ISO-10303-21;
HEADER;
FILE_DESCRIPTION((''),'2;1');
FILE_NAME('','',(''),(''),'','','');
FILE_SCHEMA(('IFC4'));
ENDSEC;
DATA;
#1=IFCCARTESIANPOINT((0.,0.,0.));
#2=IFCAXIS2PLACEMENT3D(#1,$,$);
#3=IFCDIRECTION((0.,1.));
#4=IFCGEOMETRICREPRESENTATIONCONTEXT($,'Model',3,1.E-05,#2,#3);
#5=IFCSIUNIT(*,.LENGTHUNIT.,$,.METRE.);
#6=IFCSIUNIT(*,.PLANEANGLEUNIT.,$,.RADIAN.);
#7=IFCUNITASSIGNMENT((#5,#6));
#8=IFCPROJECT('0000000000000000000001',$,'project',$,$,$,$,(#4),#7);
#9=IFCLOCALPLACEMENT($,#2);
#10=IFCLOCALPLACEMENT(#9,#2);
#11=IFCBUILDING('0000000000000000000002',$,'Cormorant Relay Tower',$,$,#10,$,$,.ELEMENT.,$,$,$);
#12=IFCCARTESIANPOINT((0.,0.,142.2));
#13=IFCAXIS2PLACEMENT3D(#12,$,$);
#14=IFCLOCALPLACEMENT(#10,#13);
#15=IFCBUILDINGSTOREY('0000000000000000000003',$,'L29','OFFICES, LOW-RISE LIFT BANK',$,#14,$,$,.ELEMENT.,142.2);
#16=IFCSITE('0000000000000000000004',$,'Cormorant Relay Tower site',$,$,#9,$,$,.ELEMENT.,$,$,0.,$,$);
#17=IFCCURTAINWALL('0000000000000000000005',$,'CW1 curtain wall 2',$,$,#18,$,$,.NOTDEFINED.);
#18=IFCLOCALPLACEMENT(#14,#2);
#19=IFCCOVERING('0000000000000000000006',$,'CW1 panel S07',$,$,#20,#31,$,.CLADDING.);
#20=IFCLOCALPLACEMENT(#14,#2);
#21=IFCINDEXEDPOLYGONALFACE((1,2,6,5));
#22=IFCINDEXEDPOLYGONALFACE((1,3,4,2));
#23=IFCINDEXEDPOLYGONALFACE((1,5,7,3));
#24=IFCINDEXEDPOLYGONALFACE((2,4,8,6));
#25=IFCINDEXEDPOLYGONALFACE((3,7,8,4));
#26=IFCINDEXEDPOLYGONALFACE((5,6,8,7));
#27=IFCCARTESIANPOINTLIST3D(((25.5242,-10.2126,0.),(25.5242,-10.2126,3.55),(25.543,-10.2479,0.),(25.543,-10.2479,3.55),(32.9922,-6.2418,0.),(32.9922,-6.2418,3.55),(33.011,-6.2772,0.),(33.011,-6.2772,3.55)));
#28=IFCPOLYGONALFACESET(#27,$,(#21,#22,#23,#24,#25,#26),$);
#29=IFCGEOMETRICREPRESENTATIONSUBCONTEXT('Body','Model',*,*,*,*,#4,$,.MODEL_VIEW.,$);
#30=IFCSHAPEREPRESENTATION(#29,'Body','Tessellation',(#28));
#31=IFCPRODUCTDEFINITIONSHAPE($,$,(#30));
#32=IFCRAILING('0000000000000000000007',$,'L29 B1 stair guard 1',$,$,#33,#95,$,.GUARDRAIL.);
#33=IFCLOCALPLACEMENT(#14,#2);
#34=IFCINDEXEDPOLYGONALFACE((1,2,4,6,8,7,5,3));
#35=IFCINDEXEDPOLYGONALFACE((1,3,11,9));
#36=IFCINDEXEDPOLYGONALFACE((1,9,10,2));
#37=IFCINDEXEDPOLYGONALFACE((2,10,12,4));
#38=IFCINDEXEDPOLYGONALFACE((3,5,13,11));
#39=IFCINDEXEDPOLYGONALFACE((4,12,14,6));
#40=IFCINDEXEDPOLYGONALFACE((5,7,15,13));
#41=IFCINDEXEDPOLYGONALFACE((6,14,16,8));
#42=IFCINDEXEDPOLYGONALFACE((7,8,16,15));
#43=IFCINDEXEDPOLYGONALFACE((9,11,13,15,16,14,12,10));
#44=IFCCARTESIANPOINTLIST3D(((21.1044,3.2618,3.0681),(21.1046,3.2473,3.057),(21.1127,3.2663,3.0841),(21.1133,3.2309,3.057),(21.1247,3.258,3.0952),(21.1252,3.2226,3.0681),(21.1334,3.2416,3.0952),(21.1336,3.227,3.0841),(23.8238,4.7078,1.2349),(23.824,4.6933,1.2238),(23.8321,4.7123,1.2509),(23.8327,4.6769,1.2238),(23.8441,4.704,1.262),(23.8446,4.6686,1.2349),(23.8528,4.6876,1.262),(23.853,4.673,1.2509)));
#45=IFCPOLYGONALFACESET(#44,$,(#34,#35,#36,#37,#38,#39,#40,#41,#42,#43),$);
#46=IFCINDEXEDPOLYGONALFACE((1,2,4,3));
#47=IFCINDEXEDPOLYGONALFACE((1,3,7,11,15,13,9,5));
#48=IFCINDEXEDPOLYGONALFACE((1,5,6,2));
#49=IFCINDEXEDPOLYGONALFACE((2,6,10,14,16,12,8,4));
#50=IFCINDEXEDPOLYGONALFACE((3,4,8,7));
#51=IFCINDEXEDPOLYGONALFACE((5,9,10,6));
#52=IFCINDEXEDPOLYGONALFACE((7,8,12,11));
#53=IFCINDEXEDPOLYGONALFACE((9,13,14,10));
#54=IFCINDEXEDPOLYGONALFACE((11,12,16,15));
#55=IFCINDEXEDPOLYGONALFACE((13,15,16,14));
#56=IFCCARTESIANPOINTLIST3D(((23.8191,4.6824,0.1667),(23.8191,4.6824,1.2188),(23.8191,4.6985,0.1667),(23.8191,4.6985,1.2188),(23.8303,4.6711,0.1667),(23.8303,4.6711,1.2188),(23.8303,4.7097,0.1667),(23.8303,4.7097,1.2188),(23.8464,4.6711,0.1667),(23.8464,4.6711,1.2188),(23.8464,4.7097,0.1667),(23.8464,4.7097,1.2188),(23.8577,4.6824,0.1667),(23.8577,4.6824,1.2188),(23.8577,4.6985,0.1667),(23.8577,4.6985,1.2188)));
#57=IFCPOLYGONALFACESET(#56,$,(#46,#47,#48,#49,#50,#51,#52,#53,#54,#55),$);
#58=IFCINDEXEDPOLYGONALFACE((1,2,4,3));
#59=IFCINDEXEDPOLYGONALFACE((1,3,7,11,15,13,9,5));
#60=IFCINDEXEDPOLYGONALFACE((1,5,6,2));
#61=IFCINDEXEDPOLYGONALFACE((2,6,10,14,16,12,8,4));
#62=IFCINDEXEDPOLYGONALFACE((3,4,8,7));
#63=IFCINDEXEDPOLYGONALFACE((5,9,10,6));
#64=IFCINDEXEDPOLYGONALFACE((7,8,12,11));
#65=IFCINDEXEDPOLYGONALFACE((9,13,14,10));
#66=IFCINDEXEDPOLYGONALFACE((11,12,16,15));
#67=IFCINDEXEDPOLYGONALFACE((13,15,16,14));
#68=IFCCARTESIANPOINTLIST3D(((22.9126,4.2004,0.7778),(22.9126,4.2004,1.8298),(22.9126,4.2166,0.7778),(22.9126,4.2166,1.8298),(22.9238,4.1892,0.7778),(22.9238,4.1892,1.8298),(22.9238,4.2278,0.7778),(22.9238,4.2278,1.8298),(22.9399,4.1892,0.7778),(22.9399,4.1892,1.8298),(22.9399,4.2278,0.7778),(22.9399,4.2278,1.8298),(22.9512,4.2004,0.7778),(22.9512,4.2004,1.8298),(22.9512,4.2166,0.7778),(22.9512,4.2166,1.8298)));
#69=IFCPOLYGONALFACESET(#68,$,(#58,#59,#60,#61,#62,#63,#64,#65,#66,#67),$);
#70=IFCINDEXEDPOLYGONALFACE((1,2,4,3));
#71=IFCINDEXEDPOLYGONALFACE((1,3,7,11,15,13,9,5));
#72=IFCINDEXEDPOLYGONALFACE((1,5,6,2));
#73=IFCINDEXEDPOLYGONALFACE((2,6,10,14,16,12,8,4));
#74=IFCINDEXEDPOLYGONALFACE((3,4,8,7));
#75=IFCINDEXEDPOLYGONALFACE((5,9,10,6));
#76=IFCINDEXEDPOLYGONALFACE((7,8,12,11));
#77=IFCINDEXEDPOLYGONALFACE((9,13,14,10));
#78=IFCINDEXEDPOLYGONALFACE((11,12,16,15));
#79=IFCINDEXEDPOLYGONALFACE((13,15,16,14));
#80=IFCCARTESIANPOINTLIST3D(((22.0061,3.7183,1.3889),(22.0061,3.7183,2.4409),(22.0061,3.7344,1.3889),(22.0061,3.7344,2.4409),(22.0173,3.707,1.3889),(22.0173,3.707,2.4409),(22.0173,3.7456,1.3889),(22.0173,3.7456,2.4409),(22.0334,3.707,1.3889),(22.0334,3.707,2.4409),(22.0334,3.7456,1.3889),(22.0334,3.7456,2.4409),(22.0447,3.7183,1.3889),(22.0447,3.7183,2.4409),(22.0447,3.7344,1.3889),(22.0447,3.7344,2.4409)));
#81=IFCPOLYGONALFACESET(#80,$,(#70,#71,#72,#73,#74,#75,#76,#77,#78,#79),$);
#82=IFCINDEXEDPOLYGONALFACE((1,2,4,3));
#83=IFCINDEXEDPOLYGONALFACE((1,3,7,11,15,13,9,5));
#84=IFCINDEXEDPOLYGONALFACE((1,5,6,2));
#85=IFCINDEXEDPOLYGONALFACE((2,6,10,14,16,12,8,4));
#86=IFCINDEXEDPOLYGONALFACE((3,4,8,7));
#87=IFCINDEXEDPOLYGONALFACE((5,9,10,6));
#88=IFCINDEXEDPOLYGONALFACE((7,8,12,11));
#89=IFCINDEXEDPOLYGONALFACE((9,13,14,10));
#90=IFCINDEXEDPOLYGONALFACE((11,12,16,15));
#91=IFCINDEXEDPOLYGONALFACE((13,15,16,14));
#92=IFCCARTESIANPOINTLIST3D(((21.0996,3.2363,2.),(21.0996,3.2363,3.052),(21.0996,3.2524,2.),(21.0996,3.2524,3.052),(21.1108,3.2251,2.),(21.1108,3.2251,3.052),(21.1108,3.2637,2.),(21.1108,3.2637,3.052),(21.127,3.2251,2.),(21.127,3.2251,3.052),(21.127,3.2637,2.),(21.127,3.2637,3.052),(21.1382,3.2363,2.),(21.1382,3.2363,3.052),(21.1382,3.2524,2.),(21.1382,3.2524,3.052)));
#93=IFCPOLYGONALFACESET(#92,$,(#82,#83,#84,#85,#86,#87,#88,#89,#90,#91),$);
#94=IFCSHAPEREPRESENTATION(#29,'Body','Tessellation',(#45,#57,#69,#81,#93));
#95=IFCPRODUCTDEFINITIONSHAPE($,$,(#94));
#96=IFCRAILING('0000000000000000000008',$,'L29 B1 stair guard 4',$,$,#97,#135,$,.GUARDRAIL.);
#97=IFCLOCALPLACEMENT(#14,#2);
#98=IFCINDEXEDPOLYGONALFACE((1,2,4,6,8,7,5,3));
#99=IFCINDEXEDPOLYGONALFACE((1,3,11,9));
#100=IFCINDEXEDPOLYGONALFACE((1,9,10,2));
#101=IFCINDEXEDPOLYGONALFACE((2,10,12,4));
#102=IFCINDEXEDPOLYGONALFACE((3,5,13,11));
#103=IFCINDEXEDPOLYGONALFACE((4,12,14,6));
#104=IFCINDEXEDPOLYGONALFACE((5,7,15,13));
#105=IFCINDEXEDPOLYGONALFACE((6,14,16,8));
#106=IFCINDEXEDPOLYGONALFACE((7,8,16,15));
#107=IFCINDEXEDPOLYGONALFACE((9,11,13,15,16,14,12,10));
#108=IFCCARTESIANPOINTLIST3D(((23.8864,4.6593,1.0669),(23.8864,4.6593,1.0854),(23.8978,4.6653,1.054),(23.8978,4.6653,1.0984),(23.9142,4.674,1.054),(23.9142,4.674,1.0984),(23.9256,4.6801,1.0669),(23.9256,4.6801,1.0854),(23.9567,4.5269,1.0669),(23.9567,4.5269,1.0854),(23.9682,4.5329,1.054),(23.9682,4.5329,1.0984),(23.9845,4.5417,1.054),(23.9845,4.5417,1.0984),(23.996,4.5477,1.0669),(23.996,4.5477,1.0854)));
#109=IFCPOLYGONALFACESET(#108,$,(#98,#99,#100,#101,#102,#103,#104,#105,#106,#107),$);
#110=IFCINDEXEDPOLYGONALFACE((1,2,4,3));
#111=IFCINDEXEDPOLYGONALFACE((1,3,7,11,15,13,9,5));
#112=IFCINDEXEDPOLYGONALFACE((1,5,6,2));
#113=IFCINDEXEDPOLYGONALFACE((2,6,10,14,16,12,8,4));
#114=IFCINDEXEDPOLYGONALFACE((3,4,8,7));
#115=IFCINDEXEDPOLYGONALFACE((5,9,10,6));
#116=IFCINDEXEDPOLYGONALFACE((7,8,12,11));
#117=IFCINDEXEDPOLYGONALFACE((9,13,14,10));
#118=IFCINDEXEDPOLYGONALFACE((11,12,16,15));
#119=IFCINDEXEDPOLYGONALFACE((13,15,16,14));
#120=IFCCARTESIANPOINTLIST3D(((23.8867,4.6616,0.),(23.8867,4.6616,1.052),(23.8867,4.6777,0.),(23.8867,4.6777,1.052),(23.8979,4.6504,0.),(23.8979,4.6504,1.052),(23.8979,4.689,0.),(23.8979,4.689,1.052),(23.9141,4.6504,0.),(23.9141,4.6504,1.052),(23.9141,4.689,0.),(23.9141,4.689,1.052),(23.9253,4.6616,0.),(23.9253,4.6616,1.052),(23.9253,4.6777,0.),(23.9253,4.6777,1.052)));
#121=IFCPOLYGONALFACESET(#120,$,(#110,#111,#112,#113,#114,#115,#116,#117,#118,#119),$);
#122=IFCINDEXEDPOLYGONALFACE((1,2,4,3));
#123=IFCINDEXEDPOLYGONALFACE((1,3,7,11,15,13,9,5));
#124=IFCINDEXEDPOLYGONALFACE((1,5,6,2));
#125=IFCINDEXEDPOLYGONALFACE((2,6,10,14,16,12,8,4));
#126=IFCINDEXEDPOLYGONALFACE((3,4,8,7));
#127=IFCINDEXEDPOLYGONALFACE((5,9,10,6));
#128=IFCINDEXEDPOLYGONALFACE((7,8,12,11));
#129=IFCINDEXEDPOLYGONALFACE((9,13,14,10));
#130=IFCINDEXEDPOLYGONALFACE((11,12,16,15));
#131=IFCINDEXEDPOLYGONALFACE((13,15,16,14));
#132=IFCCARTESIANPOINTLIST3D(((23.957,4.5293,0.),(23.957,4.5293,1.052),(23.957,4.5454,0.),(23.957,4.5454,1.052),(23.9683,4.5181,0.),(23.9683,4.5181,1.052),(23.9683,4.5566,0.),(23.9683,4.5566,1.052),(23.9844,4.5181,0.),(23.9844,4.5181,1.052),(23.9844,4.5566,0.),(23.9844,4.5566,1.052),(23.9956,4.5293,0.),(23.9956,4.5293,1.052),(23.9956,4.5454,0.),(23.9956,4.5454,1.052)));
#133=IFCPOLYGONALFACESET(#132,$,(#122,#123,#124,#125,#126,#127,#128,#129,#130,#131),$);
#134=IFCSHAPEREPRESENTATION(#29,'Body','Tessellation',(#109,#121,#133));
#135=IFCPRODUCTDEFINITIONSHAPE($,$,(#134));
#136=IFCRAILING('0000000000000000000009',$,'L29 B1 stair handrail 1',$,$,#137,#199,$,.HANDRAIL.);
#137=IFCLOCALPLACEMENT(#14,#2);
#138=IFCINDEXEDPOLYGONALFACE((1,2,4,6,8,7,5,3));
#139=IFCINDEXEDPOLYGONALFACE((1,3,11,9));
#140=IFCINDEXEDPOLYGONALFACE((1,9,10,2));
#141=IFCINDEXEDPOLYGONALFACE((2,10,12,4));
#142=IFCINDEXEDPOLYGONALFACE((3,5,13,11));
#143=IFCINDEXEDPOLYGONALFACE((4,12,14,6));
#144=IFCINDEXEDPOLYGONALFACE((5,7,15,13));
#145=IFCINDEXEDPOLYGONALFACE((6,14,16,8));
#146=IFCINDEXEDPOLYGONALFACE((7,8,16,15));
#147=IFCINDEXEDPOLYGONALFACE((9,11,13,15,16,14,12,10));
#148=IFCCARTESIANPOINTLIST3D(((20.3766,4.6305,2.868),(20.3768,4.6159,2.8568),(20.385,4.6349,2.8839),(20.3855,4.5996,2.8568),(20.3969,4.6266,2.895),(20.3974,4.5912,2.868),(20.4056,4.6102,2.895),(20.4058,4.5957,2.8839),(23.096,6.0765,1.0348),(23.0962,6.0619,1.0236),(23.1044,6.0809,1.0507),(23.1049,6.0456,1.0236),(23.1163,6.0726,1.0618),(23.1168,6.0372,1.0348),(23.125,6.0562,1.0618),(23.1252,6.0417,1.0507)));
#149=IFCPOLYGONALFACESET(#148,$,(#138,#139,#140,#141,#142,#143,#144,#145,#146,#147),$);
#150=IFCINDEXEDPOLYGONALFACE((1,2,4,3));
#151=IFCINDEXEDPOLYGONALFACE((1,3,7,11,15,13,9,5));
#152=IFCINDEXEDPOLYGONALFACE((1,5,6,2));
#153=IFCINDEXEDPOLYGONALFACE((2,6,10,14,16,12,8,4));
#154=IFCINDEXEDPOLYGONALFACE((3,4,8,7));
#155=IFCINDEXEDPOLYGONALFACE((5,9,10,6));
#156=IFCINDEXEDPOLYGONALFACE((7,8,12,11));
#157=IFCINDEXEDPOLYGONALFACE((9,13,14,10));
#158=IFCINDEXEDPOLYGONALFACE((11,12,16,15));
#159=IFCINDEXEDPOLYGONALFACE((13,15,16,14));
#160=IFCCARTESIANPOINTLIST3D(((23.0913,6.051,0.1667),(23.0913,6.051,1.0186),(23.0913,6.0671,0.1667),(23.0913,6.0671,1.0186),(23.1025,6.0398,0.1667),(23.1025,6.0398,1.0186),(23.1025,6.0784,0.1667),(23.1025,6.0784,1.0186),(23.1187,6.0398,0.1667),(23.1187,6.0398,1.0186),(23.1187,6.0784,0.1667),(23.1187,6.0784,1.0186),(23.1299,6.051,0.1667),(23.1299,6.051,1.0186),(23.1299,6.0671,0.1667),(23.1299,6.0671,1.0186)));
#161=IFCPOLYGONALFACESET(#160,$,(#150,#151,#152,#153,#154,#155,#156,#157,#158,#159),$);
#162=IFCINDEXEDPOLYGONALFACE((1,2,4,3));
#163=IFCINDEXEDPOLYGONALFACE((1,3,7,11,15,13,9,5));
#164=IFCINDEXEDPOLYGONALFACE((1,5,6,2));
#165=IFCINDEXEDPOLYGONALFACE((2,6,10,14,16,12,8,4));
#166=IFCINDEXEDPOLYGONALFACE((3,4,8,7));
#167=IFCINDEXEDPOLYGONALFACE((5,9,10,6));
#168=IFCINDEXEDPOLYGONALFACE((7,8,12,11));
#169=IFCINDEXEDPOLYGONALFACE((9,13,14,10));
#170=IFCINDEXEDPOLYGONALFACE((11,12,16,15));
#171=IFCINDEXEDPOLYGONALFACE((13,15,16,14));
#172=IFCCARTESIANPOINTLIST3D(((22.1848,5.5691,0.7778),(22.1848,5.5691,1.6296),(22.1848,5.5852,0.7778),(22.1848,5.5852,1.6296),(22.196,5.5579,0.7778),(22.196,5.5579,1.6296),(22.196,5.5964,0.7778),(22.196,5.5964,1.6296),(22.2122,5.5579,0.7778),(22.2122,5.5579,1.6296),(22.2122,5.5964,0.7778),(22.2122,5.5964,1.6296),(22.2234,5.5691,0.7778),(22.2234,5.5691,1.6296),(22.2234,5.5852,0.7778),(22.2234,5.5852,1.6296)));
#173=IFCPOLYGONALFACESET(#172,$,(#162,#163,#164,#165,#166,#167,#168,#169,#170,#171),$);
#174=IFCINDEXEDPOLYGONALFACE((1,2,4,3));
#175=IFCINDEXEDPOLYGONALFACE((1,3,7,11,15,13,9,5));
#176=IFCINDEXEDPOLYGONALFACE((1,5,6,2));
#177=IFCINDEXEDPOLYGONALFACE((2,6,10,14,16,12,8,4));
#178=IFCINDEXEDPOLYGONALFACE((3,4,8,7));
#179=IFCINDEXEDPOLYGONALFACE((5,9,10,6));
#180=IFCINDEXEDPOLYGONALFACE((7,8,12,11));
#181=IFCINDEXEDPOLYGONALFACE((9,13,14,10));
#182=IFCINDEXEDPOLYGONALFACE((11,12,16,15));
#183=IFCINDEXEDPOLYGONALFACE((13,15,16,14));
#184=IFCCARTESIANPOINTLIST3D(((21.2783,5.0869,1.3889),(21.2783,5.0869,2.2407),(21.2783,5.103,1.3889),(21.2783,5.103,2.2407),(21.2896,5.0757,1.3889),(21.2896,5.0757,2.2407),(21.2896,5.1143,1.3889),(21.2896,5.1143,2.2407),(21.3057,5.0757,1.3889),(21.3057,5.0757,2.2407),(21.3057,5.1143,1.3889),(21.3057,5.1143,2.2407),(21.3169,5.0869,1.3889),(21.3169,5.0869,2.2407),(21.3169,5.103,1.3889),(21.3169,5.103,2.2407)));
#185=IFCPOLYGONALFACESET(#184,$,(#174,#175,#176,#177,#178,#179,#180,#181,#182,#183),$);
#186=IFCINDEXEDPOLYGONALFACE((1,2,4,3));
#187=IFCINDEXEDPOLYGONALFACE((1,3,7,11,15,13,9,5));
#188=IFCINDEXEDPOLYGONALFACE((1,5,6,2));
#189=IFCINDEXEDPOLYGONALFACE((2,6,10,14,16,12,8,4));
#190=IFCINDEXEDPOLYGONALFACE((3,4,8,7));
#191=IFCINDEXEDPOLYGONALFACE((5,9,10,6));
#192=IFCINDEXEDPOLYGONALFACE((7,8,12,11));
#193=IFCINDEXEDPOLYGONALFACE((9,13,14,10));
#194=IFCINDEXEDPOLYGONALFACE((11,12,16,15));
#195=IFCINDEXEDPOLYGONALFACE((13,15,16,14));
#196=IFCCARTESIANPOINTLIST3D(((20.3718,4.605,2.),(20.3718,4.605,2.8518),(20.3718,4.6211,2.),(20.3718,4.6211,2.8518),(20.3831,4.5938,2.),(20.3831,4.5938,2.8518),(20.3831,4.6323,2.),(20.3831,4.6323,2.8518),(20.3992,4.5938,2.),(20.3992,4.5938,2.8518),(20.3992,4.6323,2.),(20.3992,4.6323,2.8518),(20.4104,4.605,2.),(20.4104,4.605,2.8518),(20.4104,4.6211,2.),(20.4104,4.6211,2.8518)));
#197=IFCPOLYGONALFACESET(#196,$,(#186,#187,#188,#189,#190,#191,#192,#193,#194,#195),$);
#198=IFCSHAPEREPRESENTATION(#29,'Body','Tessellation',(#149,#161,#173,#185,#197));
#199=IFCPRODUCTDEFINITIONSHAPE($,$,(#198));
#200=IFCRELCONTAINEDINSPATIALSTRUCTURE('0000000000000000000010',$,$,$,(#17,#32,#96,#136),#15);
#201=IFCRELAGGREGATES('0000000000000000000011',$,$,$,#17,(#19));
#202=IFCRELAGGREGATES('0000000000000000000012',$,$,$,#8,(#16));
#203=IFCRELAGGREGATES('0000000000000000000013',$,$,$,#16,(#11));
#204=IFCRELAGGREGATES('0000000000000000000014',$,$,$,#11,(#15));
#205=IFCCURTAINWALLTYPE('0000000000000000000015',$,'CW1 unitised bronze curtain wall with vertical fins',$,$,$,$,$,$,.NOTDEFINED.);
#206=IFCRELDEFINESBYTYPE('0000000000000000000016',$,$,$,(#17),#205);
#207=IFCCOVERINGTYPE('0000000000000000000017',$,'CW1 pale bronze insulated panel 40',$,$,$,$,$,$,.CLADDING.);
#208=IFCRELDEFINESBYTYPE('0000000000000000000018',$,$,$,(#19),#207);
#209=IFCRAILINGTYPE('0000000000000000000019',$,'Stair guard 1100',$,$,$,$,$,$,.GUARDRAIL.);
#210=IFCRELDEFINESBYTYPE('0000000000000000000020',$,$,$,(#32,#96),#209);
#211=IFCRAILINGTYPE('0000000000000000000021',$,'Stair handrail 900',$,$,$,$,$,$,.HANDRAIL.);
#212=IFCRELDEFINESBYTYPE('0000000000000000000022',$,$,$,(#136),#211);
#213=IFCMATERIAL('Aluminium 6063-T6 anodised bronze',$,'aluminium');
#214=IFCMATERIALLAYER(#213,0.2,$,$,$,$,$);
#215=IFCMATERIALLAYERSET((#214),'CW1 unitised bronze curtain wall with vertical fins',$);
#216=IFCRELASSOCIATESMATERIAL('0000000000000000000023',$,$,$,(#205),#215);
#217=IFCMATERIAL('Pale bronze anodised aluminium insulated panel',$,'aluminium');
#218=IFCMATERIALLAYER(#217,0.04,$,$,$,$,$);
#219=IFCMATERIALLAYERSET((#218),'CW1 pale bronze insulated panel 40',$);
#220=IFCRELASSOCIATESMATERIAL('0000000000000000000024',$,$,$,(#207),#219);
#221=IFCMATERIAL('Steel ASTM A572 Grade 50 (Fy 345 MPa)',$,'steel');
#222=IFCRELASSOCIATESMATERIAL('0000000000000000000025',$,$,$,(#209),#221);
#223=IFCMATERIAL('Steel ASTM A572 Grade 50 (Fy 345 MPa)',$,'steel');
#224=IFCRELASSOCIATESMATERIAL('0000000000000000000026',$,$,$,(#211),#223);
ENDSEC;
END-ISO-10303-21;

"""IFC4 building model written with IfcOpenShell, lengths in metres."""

from ifc_helpers import new_model, si_unit, direction, frame, origin, origin_2d, place, context, subcontext, project, spatial, polyline, rectangle, outline, extrude, material, layer, layer_set, type_object, element, aggregate, save


model = new_model("IFC4")

# Units and contexts
model_context = context("Model", 3, precision=1e-05, world=origin(), true_north=direction((0.0, 1.0)))
body_context = subcontext(model_context, "Body", "Model", "MODEL_VIEW")
ifc_project = project(units=[si_unit("LENGTHUNIT", "METRE"), si_unit("PLANEANGLEUNIT", "RADIAN")], contexts=[model_context])

# Site, building, storey
site_placement = place(None, origin())
site = spatial("IfcSite", under=ifc_project, at=site_placement, Name="Cormorant Relay Tower site", CompositionType="ELEMENT", RefElevation=0.0)
building_placement = place(site_placement, origin())
building = spatial("IfcBuilding", under=site, at=building_placement, Name="Cormorant Relay Tower", CompositionType="ELEMENT")
storey_placement = place(building_placement, frame((0.0, 0.0, 142.2)))
storey = spatial("IfcBuildingStorey", under=building, at=storey_placement, Name="L29", Description="OFFICES, LOW-RISE LIFT BANK", CompositionType="ELEMENT", Elevation=142.2)

# Curtain wall
ifc_material_1 = material(Name="Aluminium 6063-T6 anodised bronze", Category="aluminium")
ifc_layer_1 = layer(ifc_material_1, 0.2)
ifc_layer_set_1 = layer_set([ifc_layer_1], Name="CW1 unitised bronze curtain wall with vertical fins")
curtain_wall_type = type_object("IfcCurtainWallType", Name="CW1 unitised bronze curtain wall with vertical fins", PredefinedType="NOTDEFINED", material=ifc_layer_set_1)
curtain_wall_1_placement = place(storey_placement, origin())
curtain_wall_1 = element("IfcCurtainWall", 1, at=curtain_wall_1_placement, inside=storey, type_object=curtain_wall_type, Name="CW1 curtain wall 2", PredefinedType="NOTDEFINED")

# Covering
ifc_material_2 = material(Name="Pale bronze anodised aluminium insulated panel", Category="aluminium")
ifc_layer_2 = layer(ifc_material_2, 0.04)
ifc_layer_set_2 = layer_set([ifc_layer_2], Name="CW1 pale bronze insulated panel 40")
covering_type = type_object("IfcCoveringType", Name="CW1 pale bronze insulated panel 40", PredefinedType="CLADDING", material=ifc_layer_set_2)
covering_placement = place(storey_placement, frame((29.2676, -8.2449, 0.0), z_axis=(0.0, 0.0, 1.0), x_axis=(0.882948, 0.469472, 0.0)))
covering = element("IfcCovering", 2, at=covering_placement, type_object=covering_type, Name="CW1 panel S07", PredefinedType="CLADDING", context=body_context, shape_type="SweptSolid", body=[
    extrude(rectangle(XDim=8.458, YDim=0.04, at=origin_2d()), origin(), (0.0, 0.0, 1.0), 3.55),
])
aggregate(curtain_wall_1, [covering])

# Railings
ifc_material_3 = material(Name="Steel ASTM A572 Grade 50 (Fy 345 MPa)", Category="steel")
railing_type_1 = type_object("IfcRailingType", Name="Stair guard 1100", PredefinedType="GUARDRAIL", material=ifc_material_3)
railing_1_placement = place(storey_placement, frame((23.8384, 4.6904, 0.1667)))
element("IfcRailing", 3, at=railing_1_placement, inside=storey, type_object=railing_type_1, Name="L29 B1 stair guard 1", PredefinedType="GUARDRAIL", context=body_context, shape_type="SweptSolid", body=[
    extrude(outline(polyline([(0.0222, 0.0093), (0.0093, 0.0222), (-0.0093, 0.0222), (-0.0222, 0.0093), (-0.0222, -0.0093), (-0.0093, -0.0222), (0.0093, -0.0222), (0.0222, -0.0093), (0.0222, 0.0093)])), frame((0.0, 0.0, 1.0762), z_axis=(-0.758714, -0.403435, 0.511463), x_axis=(0.469489, -0.882938, 0.0)), (0.0, 0.0, 1.0), 3.5842),
    extrude(outline(polyline([(0.0193, 0.0081), (0.0081, 0.0193), (-0.0081, 0.0193), (-0.0193, 0.0081), (-0.0193, -0.0081), (-0.0081, -0.0193), (0.0081, -0.0193), (0.0193, -0.0081), (0.0193, 0.0081)])), origin(), (0.0, 0.0, 1.0), 1.052),
    extrude(outline(polyline([(0.0193, 0.0081), (0.0081, 0.0193), (-0.0081, 0.0193), (-0.0193, 0.0081), (-0.0193, -0.0081), (-0.0081, -0.0193), (0.0081, -0.0193), (0.0193, -0.0081), (0.0193, 0.0081)])), frame((-0.9065, -0.4819, 0.6111)), (0.0, 0.0, 1.0), 1.052),
    extrude(outline(polyline([(0.0193, 0.0081), (0.0081, 0.0193), (-0.0081, 0.0193), (-0.0193, 0.0081), (-0.0193, -0.0081), (-0.0081, -0.0193), (0.0081, -0.0193), (0.0193, -0.0081), (0.0193, 0.0081)])), frame((-1.813, -0.9641, 1.2222)), (0.0, 0.0, 1.0), 1.052),
    extrude(outline(polyline([(0.0193, 0.0081), (0.0081, 0.0193), (-0.0081, 0.0193), (-0.0193, 0.0081), (-0.0193, -0.0081), (-0.0081, -0.0193), (0.0081, -0.0193), (0.0193, -0.0081), (0.0193, 0.0081)])), frame((-2.7195, -1.446, 1.8333)), (0.0, 0.0, 1.0), 1.052),
])
railing_2_placement = place(storey_placement, frame((23.906, 4.6697, 0.0)))
element("IfcRailing", 4, at=railing_2_placement, inside=storey, type_object=railing_type_1, Name="L29 B1 stair guard 4", PredefinedType="GUARDRAIL", context=body_context, shape_type="SweptSolid", body=[
    extrude(outline(polyline([(0.0222, 0.0093), (0.0093, 0.0222), (-0.0093, 0.0222), (-0.0222, 0.0093), (-0.0222, -0.0093), (-0.0093, -0.0222), (0.0093, -0.0222), (0.0222, -0.0093), (0.0222, 0.0093)])), frame((0.0, 0.0, 1.0762), z_axis=(0.469235, -0.883074, 0.0), x_axis=(0.883074, 0.469235, 0.0)), (0.0, 0.0, 1.0), 0.1499),
    extrude(outline(polyline([(0.0193, 0.0081), (0.0081, 0.0193), (-0.0081, 0.0193), (-0.0193, 0.0081), (-0.0193, -0.0081), (-0.0081, -0.0193), (0.0081, -0.0193), (0.0193, -0.0081), (0.0193, 0.0081)])), origin(), (0.0, 0.0, 1.0), 1.052),
    extrude(outline(polyline([(0.0193, 0.0081), (0.0081, 0.0193), (-0.0081, 0.0193), (-0.0193, 0.0081), (-0.0193, -0.0081), (-0.0081, -0.0193), (0.0081, -0.0193), (0.0193, -0.0081), (0.0193, 0.0081)])), frame((0.0703, -0.1323, 0.0)), (0.0, 0.0, 1.0), 1.052),
])
ifc_material_4 = material(Name="Steel ASTM A572 Grade 50 (Fy 345 MPa)", Category="steel")
railing_type_2 = type_object("IfcRailingType", Name="Stair handrail 900", PredefinedType="HANDRAIL", material=ifc_material_4)
railing_3_placement = place(storey_placement, frame((23.1106, 6.0591, 0.1667)))
element("IfcRailing", 5, at=railing_3_placement, inside=storey, type_object=railing_type_2, Name="L29 B1 stair handrail 1", PredefinedType="HANDRAIL", context=body_context, shape_type="SweptSolid", body=[
    extrude(outline(polyline([(0.0222, 0.0093), (0.0093, 0.0222), (-0.0093, 0.0222), (-0.0222, 0.0093), (-0.0222, -0.0093), (-0.0093, -0.0222), (0.0093, -0.0222), (0.0222, -0.0093), (0.0222, 0.0093)])), frame((0.0, 0.0, 0.876), z_axis=(-0.758714, -0.403435, 0.511463), x_axis=(0.469489, -0.882938, 0.0)), (0.0, 0.0, 1.0), 3.5842),
    extrude(outline(polyline([(0.0193, 0.0081), (0.0081, 0.0193), (-0.0081, 0.0193), (-0.0193, 0.0081), (-0.0193, -0.0081), (-0.0081, -0.0193), (0.0081, -0.0193), (0.0193, -0.0081), (0.0193, 0.0081)])), origin(), (0.0, 0.0, 1.0), 0.8518),
    extrude(outline(polyline([(0.0193, 0.0081), (0.0081, 0.0193), (-0.0081, 0.0193), (-0.0193, 0.0081), (-0.0193, -0.0081), (-0.0081, -0.0193), (0.0081, -0.0193), (0.0193, -0.0081), (0.0193, 0.0081)])), frame((-0.9065, -0.4819, 0.6111)), (0.0, 0.0, 1.0), 0.8518),
    extrude(outline(polyline([(0.0193, 0.0081), (0.0081, 0.0193), (-0.0081, 0.0193), (-0.0193, 0.0081), (-0.0193, -0.0081), (-0.0081, -0.0193), (0.0081, -0.0193), (0.0193, -0.0081), (0.0193, 0.0081)])), frame((-1.813, -0.9641, 1.2222)), (0.0, 0.0, 1.0), 0.8518),
    extrude(outline(polyline([(0.0193, 0.0081), (0.0081, 0.0193), (-0.0081, 0.0193), (-0.0193, 0.0081), (-0.0193, -0.0081), (-0.0081, -0.0193), (0.0081, -0.0193), (0.0193, -0.0081), (0.0193, 0.0081)])), frame((-2.7195, -1.446, 1.8333)), (0.0, 0.0, 1.0), 0.8518),
])

save(model, "model.ifc")
